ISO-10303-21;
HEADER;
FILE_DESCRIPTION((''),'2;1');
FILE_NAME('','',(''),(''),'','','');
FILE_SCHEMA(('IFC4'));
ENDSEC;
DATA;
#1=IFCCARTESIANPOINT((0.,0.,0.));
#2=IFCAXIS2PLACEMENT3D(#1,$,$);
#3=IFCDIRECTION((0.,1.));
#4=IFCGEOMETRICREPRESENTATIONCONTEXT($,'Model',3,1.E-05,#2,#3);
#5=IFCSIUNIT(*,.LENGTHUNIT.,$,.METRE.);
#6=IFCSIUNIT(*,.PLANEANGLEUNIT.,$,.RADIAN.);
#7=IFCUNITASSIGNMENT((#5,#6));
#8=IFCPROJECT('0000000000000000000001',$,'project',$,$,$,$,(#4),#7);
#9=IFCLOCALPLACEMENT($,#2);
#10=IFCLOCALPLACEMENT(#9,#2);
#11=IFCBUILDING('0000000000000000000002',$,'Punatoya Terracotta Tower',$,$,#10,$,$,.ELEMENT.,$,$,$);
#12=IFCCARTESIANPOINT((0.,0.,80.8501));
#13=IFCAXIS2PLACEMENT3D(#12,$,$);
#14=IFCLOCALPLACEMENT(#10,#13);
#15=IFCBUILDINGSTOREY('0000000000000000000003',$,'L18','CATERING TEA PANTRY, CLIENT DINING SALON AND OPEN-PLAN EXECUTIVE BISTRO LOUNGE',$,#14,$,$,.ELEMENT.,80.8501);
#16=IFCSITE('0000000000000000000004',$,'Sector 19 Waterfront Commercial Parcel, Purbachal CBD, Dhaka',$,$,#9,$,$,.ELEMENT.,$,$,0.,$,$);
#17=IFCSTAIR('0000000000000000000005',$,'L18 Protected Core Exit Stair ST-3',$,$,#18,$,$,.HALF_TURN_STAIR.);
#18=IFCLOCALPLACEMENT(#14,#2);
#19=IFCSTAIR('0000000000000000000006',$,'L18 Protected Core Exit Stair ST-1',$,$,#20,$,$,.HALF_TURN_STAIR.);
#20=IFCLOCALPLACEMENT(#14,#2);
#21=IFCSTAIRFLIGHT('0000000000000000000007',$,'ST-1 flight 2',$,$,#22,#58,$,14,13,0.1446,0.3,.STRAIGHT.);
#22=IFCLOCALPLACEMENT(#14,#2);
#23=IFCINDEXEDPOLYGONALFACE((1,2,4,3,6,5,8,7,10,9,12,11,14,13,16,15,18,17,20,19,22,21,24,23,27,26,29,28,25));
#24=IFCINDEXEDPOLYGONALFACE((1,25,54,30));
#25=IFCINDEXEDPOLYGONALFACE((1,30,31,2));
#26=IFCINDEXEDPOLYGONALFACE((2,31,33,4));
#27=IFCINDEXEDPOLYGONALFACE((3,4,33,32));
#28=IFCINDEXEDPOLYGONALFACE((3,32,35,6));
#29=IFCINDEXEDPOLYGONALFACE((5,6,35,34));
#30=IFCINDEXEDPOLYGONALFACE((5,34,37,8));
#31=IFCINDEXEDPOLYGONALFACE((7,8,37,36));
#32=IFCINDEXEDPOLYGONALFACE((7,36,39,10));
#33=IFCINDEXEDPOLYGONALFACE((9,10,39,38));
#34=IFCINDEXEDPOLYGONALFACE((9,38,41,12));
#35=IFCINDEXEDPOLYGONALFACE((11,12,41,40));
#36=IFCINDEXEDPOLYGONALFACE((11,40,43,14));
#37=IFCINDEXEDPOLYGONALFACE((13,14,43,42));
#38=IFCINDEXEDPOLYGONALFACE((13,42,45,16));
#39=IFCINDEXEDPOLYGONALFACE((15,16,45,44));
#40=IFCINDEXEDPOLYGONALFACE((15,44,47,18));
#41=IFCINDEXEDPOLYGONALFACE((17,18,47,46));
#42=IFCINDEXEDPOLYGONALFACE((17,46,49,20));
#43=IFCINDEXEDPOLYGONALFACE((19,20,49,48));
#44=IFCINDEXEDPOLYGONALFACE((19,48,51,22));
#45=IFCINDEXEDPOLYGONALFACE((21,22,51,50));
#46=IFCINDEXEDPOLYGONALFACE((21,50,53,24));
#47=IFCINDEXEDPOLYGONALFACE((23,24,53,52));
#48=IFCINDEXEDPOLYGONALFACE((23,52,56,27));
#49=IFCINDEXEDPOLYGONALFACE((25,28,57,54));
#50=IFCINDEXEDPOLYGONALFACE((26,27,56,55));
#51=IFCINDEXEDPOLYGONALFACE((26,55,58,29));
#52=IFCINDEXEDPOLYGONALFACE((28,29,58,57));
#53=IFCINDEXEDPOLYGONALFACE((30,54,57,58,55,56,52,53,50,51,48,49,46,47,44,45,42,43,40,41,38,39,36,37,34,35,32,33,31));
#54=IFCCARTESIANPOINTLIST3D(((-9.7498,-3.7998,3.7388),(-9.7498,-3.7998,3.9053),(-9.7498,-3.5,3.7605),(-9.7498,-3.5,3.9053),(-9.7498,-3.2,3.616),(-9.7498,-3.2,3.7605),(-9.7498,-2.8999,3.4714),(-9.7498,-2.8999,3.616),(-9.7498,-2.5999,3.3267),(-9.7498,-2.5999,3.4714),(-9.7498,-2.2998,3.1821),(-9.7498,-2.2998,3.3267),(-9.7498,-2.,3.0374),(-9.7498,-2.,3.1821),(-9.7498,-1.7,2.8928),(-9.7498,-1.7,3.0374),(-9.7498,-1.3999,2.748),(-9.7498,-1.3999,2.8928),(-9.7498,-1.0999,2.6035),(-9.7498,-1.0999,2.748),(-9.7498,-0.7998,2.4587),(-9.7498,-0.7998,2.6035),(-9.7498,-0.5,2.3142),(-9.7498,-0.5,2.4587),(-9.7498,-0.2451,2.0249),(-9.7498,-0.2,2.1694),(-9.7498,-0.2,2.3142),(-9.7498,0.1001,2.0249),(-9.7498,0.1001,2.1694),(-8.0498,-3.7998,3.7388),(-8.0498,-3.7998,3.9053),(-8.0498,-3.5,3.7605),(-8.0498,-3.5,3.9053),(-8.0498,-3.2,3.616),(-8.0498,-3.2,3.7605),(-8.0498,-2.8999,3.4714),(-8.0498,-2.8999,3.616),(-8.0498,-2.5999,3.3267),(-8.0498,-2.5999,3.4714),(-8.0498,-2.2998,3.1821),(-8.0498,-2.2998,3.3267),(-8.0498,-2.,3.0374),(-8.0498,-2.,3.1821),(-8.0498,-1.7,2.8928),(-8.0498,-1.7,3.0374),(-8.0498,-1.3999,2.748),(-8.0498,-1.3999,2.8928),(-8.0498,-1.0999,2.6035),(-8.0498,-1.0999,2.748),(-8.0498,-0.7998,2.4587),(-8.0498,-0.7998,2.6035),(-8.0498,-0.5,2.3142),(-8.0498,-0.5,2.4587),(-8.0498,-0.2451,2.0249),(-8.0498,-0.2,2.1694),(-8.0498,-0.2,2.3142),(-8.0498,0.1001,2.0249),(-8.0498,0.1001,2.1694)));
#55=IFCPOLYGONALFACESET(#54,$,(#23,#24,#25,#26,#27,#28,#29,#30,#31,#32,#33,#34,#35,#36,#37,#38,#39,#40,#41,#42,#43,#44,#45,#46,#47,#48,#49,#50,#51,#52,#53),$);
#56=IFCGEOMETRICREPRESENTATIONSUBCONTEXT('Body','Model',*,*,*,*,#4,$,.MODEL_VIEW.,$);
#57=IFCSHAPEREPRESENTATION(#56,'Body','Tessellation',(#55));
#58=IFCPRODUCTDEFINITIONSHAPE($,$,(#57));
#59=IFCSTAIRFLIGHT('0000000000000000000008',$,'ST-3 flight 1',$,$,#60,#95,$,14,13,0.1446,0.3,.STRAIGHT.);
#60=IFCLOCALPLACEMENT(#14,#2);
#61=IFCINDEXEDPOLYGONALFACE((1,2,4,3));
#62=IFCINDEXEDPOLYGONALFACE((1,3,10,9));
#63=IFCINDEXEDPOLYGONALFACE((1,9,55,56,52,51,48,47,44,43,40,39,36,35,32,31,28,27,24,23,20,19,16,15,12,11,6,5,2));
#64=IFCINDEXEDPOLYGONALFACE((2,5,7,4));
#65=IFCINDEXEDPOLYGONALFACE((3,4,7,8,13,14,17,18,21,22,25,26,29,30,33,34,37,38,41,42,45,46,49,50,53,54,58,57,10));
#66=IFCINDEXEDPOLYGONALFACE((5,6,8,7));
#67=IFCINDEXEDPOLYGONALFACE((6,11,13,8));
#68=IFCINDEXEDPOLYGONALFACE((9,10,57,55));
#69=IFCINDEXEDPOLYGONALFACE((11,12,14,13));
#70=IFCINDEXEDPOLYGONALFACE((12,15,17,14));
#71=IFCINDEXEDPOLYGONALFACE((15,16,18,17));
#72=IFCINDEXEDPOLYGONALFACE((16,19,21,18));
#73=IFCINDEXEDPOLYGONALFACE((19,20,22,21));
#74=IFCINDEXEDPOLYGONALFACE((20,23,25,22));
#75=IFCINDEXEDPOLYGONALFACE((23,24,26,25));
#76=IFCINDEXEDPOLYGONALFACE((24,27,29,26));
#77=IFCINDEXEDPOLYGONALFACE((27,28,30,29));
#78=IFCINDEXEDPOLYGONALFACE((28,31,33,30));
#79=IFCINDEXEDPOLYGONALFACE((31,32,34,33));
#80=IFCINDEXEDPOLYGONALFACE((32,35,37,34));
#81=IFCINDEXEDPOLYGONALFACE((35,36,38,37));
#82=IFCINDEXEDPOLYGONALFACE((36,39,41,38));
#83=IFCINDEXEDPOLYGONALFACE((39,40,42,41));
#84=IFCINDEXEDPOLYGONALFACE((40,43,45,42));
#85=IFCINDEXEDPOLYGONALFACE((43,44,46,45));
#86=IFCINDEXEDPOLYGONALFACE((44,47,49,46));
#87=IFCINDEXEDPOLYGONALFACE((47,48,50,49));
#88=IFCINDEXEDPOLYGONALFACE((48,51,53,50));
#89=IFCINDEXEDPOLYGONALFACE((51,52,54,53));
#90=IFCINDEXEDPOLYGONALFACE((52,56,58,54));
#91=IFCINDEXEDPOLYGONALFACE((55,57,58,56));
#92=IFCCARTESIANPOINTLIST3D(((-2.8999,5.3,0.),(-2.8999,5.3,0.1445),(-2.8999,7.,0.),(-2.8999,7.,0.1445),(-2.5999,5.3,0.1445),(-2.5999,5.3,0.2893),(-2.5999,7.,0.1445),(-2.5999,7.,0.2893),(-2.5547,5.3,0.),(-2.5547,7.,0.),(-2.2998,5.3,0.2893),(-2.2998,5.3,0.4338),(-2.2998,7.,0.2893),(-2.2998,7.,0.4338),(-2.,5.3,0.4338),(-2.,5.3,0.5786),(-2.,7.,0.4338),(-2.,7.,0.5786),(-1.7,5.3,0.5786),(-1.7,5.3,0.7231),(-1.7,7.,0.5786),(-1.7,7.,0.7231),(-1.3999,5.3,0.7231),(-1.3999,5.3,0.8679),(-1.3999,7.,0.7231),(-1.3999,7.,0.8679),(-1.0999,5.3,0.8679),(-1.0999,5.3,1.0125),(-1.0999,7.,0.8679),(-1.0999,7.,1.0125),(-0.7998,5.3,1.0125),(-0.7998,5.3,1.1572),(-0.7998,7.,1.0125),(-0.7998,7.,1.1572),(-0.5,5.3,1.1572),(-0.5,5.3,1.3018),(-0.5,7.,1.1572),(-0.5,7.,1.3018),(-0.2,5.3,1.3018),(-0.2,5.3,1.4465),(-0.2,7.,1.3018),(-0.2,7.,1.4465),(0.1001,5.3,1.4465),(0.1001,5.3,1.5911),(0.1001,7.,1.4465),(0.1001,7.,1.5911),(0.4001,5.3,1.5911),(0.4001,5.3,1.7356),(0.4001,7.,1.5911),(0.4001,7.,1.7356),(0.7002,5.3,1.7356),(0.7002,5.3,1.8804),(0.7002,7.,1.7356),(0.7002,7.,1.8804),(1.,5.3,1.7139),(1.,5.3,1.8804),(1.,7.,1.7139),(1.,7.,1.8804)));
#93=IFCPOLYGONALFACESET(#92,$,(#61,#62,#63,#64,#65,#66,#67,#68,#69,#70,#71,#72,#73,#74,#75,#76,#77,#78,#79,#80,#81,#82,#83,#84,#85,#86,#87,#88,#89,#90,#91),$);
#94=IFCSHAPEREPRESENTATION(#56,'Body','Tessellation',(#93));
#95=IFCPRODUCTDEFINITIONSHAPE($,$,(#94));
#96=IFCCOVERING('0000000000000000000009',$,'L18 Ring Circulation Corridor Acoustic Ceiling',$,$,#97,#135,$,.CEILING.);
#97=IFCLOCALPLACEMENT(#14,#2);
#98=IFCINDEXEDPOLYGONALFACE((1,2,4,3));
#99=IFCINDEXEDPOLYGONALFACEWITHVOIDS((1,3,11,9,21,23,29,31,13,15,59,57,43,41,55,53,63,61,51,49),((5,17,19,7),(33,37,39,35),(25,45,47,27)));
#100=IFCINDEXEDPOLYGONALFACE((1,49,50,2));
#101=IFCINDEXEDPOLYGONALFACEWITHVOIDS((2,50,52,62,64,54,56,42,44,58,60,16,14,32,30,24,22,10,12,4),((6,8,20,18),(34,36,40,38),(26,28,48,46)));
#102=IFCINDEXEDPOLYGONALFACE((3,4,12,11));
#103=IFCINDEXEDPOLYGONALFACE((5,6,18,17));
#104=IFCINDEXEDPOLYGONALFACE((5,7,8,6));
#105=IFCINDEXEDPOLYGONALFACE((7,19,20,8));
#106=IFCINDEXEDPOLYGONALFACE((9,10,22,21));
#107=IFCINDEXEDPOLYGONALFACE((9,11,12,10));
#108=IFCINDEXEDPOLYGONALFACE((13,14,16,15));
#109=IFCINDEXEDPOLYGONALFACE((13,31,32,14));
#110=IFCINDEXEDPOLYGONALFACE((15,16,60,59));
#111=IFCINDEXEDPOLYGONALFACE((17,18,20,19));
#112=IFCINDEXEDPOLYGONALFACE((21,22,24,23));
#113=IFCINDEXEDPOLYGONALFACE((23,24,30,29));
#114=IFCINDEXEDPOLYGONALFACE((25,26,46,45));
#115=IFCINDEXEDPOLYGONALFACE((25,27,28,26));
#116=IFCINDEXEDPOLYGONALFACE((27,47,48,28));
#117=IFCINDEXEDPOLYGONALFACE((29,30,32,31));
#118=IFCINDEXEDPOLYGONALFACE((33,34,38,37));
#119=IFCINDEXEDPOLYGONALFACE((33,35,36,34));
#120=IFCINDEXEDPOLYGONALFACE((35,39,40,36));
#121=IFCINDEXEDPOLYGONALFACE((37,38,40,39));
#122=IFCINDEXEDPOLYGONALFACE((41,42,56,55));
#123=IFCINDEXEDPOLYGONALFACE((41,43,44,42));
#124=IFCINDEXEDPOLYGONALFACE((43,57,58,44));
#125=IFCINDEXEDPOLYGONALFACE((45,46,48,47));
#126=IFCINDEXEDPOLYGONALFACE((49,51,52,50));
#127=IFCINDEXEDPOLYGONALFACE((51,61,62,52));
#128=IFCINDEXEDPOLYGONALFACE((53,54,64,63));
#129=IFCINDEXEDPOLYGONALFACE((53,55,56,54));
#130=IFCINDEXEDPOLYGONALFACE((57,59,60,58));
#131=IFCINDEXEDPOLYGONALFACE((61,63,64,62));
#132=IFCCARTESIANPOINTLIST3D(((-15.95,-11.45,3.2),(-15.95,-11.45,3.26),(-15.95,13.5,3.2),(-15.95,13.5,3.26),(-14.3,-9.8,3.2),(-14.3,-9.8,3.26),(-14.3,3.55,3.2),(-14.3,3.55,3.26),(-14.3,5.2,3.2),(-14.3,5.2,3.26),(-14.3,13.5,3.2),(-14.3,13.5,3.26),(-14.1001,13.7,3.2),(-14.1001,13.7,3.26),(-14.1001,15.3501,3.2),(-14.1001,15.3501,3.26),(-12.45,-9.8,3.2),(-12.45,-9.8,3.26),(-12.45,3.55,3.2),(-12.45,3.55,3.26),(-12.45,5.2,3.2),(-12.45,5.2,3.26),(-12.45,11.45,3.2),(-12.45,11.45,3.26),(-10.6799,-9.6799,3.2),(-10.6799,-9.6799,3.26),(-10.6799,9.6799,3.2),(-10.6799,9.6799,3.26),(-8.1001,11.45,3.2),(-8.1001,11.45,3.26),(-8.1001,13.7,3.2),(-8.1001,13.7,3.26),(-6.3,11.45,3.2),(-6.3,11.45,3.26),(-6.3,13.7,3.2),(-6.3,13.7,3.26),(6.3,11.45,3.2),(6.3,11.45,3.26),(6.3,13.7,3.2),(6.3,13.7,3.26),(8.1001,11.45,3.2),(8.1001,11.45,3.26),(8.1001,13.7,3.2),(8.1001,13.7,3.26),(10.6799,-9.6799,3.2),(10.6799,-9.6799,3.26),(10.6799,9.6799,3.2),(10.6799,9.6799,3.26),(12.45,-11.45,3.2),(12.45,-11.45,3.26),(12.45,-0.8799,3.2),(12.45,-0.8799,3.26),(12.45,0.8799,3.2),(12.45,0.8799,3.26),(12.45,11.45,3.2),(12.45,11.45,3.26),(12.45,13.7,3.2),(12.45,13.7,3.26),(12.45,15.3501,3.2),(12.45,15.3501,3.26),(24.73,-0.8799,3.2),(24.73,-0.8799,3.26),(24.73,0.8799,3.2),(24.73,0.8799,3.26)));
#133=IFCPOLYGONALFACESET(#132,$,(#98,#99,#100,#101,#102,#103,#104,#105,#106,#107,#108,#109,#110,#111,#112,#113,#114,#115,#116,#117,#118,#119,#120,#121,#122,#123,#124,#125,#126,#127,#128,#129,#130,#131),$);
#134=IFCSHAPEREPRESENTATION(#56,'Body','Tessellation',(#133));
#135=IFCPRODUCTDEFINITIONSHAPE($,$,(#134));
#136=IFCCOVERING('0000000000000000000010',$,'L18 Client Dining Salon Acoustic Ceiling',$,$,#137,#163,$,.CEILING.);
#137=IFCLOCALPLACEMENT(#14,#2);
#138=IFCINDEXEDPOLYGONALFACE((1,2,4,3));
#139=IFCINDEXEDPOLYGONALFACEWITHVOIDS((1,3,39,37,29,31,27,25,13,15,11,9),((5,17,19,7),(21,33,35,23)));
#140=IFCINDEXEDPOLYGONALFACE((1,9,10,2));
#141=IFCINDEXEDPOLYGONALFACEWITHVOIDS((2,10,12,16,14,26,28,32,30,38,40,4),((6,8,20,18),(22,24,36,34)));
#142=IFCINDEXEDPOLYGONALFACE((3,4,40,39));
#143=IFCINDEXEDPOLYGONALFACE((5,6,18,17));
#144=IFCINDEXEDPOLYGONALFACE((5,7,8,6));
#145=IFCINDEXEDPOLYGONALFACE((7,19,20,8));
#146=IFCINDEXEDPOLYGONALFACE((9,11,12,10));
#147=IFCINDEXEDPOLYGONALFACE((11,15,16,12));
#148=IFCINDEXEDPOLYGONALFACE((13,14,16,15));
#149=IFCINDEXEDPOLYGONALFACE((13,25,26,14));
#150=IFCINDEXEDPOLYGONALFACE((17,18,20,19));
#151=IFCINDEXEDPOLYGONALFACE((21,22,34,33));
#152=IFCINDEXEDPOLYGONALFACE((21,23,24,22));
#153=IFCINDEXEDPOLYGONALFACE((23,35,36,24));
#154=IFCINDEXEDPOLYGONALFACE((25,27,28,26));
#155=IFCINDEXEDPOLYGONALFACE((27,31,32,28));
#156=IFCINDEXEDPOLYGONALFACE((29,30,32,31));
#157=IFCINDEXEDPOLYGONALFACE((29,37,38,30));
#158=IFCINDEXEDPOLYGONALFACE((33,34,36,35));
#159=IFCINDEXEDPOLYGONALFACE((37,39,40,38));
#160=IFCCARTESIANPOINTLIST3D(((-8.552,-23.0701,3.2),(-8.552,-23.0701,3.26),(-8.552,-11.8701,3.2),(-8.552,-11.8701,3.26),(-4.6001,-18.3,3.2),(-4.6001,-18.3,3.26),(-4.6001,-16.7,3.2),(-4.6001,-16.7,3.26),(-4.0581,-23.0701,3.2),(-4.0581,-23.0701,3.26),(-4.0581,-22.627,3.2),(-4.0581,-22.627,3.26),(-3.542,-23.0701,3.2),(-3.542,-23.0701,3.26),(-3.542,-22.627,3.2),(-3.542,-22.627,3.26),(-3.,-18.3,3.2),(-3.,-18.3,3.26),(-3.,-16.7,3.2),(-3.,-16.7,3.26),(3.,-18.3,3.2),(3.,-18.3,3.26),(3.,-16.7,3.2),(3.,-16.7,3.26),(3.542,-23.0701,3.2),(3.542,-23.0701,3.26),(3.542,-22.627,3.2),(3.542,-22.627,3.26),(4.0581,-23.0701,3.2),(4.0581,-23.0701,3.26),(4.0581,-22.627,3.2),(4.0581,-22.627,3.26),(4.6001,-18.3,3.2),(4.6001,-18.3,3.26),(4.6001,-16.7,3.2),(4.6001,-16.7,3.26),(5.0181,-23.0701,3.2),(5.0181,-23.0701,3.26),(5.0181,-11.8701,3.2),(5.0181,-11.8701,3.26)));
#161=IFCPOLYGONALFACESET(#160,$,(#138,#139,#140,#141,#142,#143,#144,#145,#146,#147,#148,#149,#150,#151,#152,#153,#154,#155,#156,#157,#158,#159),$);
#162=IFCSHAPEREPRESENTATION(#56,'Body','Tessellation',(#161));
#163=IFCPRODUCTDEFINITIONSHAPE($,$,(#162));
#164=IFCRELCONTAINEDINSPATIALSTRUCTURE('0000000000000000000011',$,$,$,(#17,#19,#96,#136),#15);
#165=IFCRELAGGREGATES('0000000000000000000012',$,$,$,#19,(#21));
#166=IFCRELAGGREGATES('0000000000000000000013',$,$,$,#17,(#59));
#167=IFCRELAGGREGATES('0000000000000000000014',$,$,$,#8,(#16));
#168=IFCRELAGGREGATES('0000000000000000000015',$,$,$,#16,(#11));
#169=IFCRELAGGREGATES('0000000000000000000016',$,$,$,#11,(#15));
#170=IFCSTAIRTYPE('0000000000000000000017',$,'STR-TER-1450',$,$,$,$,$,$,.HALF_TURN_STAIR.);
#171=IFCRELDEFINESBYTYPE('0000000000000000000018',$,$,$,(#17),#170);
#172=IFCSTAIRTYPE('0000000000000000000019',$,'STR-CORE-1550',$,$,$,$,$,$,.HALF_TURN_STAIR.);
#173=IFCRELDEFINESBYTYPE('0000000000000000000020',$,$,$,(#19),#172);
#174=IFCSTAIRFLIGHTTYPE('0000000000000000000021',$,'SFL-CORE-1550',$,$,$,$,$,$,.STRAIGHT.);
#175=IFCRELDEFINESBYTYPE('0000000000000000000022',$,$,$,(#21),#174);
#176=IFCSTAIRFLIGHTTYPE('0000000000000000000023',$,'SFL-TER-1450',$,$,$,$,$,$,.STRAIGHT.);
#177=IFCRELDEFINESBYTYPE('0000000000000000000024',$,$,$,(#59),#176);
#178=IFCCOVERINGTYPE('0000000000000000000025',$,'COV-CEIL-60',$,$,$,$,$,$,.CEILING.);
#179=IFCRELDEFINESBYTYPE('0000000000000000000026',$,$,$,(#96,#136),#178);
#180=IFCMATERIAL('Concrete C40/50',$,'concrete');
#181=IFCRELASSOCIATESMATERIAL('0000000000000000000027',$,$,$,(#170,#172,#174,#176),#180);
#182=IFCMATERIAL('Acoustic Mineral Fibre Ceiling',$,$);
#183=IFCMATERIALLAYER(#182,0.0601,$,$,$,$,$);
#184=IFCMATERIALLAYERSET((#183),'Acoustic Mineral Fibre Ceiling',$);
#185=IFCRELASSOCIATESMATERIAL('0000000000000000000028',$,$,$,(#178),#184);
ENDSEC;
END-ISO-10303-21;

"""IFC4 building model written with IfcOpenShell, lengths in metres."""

from ifc_helpers import new_model, si_unit, direction, frame, origin, place, context, subcontext, project, spatial, polyline, outline, extrude, material, layer, layer_set, type_object, element, aggregate, save


model = new_model("IFC4")

# Units and contexts
model_context = context("Model", 3, precision=1e-05, world=origin(), true_north=direction((0.0, 1.0)))
body_context = subcontext(model_context, "Body", "Model", "MODEL_VIEW")
ifc_project = project(units=[si_unit("LENGTHUNIT", "METRE"), si_unit("PLANEANGLEUNIT", "RADIAN")], contexts=[model_context])

# Site, building, storey
site_placement = place(None, origin())
site = spatial("IfcSite", under=ifc_project, at=site_placement, Name="Sector 19 Waterfront Commercial Parcel, Purbachal CBD, Dhaka", CompositionType="ELEMENT", RefElevation=0.0)
building_placement = place(site_placement, origin())
building = spatial("IfcBuilding", under=site, at=building_placement, Name="Punatoya Terracotta Tower", CompositionType="ELEMENT")
storey_placement = place(building_placement, frame((0.0, 0.0, 80.8501)))
storey = spatial("IfcBuildingStorey", under=building, at=storey_placement, Name="L18", Description="CATERING TEA PANTRY, CLIENT DINING SALON AND OPEN-PLAN EXECUTIVE BISTRO LOUNGE", CompositionType="ELEMENT", Elevation=80.8501)

# Stairs
ifc_material_1 = material(Name="Concrete C40/50", Category="concrete")
stair_type_1 = type_object("IfcStairType", Name="STR-TER-1450", PredefinedType="HALF_TURN_STAIR", material=ifc_material_1)
stair_1_placement = place(storey_placement, origin())
stair_1 = element("IfcStair", 1, at=stair_1_placement, inside=storey, type_object=stair_type_1, Name="L18 Protected Core Exit Stair ST-3", PredefinedType="HALF_TURN_STAIR")
stair_type_2 = type_object("IfcStairType", Name="STR-CORE-1550", PredefinedType="HALF_TURN_STAIR", material=ifc_material_1)
stair_2_placement = place(storey_placement, origin())
stair_2 = element("IfcStair", 2, at=stair_2_placement, inside=storey, type_object=stair_type_2, Name="L18 Protected Core Exit Stair ST-1", PredefinedType="HALF_TURN_STAIR")

# Stair flights
stair_flight_type_1 = type_object("IfcStairFlightType", Name="SFL-CORE-1550", PredefinedType="STRAIGHT", material=ifc_material_1)
stair_flight_1_placement = place(storey_placement, frame((-8.8999, 0.1001, 2.0249), z_axis=(0.0, 0.0, 1.0), x_axis=(0.0, -1.0, 0.0)))
stair_flight_1 = element("IfcStairFlight", 3, at=stair_flight_1_placement, type_object=stair_flight_type_1, Name="ST-1 flight 2", NumberOfRisers=14, NumberOfTreads=13, PredefinedType="STRAIGHT", RiserHeight=0.1446, TreadLength=0.3, context=body_context, shape_type="SweptSolid", body=[
    extrude(outline(polyline([(0.0, 0.0), (0.0, 0.1445), (0.3, 0.1445), (0.3, 0.2893), (0.6001, 0.2893), (0.6001, 0.4338), (0.8999, 0.4338), (0.8999, 0.5786), (1.2, 0.5786), (1.2, 0.7231), (1.5, 0.7231), (1.5, 0.8679), (1.8, 0.8679), (1.8, 1.0125), (2.1001, 1.0125), (2.1001, 1.1572), (2.3999, 1.1572), (2.3999, 1.3018), (2.7, 1.3018), (2.7, 1.4465), (3.0, 1.4465), (3.0, 1.5911), (3.3, 1.5911), (3.3, 1.7356), (3.6001, 1.7356), (3.6001, 1.8804), (3.8999, 1.8804), (3.8999, 2.0249), (3.8999, 1.7139), (0.3452, 0.0), (0.0, 0.0)])), frame((0.0, 0.8501, 0.0), z_axis=(0.0, -1.0, 0.0), x_axis=(1.0, 0.0, 0.0)), (0.0, 0.0, 1.0), 1.7),
])
aggregate(stair_2, [stair_flight_1])
stair_flight_type_2 = type_object("IfcStairFlightType", Name="SFL-TER-1450", PredefinedType="STRAIGHT", material=ifc_material_1)
stair_flight_2_placement = place(storey_placement, frame((-2.8999, 6.1499, 0.0), z_axis=(0.0, 0.0, 1.0), x_axis=(1.0, 0.0, 0.0)))
stair_flight_2 = element("IfcStairFlight", 4, at=stair_flight_2_placement, type_object=stair_flight_type_2, Name="ST-3 flight 1", NumberOfRisers=14, NumberOfTreads=13, PredefinedType="STRAIGHT", RiserHeight=0.1446, TreadLength=0.3, context=body_context, shape_type="SweptSolid", body=[
    extrude(outline(polyline([(0.0, 0.0), (0.0, 0.1445), (0.3, 0.1445), (0.3, 0.2893), (0.6001, 0.2893), (0.6001, 0.4338), (0.8999, 0.4338), (0.8999, 0.5786), (1.2, 0.5786), (1.2, 0.7231), (1.5, 0.7231), (1.5, 0.8679), (1.8, 0.8679), (1.8, 1.0125), (2.1001, 1.0125), (2.1001, 1.1572), (2.3999, 1.1572), (2.3999, 1.3018), (2.7, 1.3018), (2.7, 1.4465), (3.0, 1.4465), (3.0, 1.5911), (3.3, 1.5911), (3.3, 1.7356), (3.6001, 1.7356), (3.6001, 1.8804), (3.8999, 1.8804), (3.8999, 2.0249), (3.8999, 1.7139), (0.3452, 0.0), (0.0, 0.0)])), frame((0.0, 0.8501, 0.0), z_axis=(0.0, -1.0, 0.0), x_axis=(1.0, 0.0, 0.0)), (0.0, 0.0, 1.0), 1.7),
])
aggregate(stair_1, [stair_flight_2])

# Coverings
ifc_material_2 = material(Name="Acoustic Mineral Fibre Ceiling")
ifc_layer_1 = layer(ifc_material_2, 0.0601)
ifc_layer_set_1 = layer_set([ifc_layer_1], Name="Acoustic Mineral Fibre Ceiling")
covering_type = type_object("IfcCoveringType", Name="COV-CEIL-60", PredefinedType="CEILING", material=ifc_layer_set_1)
covering_1_placement = place(storey_placement, frame((0.0, 0.0, 3.2)))
element("IfcCovering", 5, at=covering_1_placement, inside=storey, type_object=covering_type, Name="L18 Ring Circulation Corridor Acoustic Ceiling", PredefinedType="CEILING", context=body_context, shape_type="SweptSolid", body=[
    extrude(outline(polyline([(-14.3, 5.2), (-14.3, 13.5), (-15.95, 13.5), (-15.95, -11.45), (12.45, -11.45), (12.45, -0.8799), (24.73, -0.8799), (24.73, 0.8799), (12.45, 0.8799), (12.45, 11.45), (8.1001, 11.45), (8.1001, 13.7), (12.45, 13.7), (12.45, 15.3501), (-14.1001, 15.3501), (-14.1001, 13.7), (-8.1001, 13.7), (-8.1001, 11.45), (-12.45, 11.45), (-12.45, 5.2), (-14.3, 5.2)]), holes=[polyline([(10.6799, 9.6799), (10.6799, -9.6799), (-10.6799, -9.6799), (-10.6799, 9.6799), (10.6799, 9.6799)]), polyline([(6.3, 13.7), (6.3, 11.45), (-6.3, 11.45), (-6.3, 13.7), (6.3, 13.7)]), polyline([(-14.3, 3.55), (-12.45, 3.55), (-12.45, -9.8), (-14.3, -9.8), (-14.3, 3.55)])]), origin(), (0.0, 0.0, 1.0), 0.0601),
])
covering_2_placement = place(storey_placement, frame((0.0, 0.0, 3.2)))
element("IfcCovering", 6, at=covering_2_placement, inside=storey, type_object=covering_type, Name="L18 Client Dining Salon Acoustic Ceiling", PredefinedType="CEILING", context=body_context, shape_type="SweptSolid", body=[
    extrude(outline(polyline([(5.0181, -11.8701), (-8.552, -11.8701), (-8.552, -23.0701), (-4.0581, -23.0701), (-4.0581, -22.627), (-3.542, -22.627), (-3.542, -23.0701), (3.542, -23.0701), (3.542, -22.627), (4.0581, -22.627), (4.0581, -23.0701), (5.0181, -23.0701), (5.0181, -11.8701)]), holes=[polyline([(4.6001, -16.7), (4.6001, -18.3), (3.0, -18.3), (3.0, -16.7), (4.6001, -16.7)]), polyline([(-4.6001, -16.7), (-3.0, -16.7), (-3.0, -18.3), (-4.6001, -18.3), (-4.6001, -16.7)])]), origin(), (0.0, 0.0, 1.0), 0.0601),
])

save(model, "model.ifc")
